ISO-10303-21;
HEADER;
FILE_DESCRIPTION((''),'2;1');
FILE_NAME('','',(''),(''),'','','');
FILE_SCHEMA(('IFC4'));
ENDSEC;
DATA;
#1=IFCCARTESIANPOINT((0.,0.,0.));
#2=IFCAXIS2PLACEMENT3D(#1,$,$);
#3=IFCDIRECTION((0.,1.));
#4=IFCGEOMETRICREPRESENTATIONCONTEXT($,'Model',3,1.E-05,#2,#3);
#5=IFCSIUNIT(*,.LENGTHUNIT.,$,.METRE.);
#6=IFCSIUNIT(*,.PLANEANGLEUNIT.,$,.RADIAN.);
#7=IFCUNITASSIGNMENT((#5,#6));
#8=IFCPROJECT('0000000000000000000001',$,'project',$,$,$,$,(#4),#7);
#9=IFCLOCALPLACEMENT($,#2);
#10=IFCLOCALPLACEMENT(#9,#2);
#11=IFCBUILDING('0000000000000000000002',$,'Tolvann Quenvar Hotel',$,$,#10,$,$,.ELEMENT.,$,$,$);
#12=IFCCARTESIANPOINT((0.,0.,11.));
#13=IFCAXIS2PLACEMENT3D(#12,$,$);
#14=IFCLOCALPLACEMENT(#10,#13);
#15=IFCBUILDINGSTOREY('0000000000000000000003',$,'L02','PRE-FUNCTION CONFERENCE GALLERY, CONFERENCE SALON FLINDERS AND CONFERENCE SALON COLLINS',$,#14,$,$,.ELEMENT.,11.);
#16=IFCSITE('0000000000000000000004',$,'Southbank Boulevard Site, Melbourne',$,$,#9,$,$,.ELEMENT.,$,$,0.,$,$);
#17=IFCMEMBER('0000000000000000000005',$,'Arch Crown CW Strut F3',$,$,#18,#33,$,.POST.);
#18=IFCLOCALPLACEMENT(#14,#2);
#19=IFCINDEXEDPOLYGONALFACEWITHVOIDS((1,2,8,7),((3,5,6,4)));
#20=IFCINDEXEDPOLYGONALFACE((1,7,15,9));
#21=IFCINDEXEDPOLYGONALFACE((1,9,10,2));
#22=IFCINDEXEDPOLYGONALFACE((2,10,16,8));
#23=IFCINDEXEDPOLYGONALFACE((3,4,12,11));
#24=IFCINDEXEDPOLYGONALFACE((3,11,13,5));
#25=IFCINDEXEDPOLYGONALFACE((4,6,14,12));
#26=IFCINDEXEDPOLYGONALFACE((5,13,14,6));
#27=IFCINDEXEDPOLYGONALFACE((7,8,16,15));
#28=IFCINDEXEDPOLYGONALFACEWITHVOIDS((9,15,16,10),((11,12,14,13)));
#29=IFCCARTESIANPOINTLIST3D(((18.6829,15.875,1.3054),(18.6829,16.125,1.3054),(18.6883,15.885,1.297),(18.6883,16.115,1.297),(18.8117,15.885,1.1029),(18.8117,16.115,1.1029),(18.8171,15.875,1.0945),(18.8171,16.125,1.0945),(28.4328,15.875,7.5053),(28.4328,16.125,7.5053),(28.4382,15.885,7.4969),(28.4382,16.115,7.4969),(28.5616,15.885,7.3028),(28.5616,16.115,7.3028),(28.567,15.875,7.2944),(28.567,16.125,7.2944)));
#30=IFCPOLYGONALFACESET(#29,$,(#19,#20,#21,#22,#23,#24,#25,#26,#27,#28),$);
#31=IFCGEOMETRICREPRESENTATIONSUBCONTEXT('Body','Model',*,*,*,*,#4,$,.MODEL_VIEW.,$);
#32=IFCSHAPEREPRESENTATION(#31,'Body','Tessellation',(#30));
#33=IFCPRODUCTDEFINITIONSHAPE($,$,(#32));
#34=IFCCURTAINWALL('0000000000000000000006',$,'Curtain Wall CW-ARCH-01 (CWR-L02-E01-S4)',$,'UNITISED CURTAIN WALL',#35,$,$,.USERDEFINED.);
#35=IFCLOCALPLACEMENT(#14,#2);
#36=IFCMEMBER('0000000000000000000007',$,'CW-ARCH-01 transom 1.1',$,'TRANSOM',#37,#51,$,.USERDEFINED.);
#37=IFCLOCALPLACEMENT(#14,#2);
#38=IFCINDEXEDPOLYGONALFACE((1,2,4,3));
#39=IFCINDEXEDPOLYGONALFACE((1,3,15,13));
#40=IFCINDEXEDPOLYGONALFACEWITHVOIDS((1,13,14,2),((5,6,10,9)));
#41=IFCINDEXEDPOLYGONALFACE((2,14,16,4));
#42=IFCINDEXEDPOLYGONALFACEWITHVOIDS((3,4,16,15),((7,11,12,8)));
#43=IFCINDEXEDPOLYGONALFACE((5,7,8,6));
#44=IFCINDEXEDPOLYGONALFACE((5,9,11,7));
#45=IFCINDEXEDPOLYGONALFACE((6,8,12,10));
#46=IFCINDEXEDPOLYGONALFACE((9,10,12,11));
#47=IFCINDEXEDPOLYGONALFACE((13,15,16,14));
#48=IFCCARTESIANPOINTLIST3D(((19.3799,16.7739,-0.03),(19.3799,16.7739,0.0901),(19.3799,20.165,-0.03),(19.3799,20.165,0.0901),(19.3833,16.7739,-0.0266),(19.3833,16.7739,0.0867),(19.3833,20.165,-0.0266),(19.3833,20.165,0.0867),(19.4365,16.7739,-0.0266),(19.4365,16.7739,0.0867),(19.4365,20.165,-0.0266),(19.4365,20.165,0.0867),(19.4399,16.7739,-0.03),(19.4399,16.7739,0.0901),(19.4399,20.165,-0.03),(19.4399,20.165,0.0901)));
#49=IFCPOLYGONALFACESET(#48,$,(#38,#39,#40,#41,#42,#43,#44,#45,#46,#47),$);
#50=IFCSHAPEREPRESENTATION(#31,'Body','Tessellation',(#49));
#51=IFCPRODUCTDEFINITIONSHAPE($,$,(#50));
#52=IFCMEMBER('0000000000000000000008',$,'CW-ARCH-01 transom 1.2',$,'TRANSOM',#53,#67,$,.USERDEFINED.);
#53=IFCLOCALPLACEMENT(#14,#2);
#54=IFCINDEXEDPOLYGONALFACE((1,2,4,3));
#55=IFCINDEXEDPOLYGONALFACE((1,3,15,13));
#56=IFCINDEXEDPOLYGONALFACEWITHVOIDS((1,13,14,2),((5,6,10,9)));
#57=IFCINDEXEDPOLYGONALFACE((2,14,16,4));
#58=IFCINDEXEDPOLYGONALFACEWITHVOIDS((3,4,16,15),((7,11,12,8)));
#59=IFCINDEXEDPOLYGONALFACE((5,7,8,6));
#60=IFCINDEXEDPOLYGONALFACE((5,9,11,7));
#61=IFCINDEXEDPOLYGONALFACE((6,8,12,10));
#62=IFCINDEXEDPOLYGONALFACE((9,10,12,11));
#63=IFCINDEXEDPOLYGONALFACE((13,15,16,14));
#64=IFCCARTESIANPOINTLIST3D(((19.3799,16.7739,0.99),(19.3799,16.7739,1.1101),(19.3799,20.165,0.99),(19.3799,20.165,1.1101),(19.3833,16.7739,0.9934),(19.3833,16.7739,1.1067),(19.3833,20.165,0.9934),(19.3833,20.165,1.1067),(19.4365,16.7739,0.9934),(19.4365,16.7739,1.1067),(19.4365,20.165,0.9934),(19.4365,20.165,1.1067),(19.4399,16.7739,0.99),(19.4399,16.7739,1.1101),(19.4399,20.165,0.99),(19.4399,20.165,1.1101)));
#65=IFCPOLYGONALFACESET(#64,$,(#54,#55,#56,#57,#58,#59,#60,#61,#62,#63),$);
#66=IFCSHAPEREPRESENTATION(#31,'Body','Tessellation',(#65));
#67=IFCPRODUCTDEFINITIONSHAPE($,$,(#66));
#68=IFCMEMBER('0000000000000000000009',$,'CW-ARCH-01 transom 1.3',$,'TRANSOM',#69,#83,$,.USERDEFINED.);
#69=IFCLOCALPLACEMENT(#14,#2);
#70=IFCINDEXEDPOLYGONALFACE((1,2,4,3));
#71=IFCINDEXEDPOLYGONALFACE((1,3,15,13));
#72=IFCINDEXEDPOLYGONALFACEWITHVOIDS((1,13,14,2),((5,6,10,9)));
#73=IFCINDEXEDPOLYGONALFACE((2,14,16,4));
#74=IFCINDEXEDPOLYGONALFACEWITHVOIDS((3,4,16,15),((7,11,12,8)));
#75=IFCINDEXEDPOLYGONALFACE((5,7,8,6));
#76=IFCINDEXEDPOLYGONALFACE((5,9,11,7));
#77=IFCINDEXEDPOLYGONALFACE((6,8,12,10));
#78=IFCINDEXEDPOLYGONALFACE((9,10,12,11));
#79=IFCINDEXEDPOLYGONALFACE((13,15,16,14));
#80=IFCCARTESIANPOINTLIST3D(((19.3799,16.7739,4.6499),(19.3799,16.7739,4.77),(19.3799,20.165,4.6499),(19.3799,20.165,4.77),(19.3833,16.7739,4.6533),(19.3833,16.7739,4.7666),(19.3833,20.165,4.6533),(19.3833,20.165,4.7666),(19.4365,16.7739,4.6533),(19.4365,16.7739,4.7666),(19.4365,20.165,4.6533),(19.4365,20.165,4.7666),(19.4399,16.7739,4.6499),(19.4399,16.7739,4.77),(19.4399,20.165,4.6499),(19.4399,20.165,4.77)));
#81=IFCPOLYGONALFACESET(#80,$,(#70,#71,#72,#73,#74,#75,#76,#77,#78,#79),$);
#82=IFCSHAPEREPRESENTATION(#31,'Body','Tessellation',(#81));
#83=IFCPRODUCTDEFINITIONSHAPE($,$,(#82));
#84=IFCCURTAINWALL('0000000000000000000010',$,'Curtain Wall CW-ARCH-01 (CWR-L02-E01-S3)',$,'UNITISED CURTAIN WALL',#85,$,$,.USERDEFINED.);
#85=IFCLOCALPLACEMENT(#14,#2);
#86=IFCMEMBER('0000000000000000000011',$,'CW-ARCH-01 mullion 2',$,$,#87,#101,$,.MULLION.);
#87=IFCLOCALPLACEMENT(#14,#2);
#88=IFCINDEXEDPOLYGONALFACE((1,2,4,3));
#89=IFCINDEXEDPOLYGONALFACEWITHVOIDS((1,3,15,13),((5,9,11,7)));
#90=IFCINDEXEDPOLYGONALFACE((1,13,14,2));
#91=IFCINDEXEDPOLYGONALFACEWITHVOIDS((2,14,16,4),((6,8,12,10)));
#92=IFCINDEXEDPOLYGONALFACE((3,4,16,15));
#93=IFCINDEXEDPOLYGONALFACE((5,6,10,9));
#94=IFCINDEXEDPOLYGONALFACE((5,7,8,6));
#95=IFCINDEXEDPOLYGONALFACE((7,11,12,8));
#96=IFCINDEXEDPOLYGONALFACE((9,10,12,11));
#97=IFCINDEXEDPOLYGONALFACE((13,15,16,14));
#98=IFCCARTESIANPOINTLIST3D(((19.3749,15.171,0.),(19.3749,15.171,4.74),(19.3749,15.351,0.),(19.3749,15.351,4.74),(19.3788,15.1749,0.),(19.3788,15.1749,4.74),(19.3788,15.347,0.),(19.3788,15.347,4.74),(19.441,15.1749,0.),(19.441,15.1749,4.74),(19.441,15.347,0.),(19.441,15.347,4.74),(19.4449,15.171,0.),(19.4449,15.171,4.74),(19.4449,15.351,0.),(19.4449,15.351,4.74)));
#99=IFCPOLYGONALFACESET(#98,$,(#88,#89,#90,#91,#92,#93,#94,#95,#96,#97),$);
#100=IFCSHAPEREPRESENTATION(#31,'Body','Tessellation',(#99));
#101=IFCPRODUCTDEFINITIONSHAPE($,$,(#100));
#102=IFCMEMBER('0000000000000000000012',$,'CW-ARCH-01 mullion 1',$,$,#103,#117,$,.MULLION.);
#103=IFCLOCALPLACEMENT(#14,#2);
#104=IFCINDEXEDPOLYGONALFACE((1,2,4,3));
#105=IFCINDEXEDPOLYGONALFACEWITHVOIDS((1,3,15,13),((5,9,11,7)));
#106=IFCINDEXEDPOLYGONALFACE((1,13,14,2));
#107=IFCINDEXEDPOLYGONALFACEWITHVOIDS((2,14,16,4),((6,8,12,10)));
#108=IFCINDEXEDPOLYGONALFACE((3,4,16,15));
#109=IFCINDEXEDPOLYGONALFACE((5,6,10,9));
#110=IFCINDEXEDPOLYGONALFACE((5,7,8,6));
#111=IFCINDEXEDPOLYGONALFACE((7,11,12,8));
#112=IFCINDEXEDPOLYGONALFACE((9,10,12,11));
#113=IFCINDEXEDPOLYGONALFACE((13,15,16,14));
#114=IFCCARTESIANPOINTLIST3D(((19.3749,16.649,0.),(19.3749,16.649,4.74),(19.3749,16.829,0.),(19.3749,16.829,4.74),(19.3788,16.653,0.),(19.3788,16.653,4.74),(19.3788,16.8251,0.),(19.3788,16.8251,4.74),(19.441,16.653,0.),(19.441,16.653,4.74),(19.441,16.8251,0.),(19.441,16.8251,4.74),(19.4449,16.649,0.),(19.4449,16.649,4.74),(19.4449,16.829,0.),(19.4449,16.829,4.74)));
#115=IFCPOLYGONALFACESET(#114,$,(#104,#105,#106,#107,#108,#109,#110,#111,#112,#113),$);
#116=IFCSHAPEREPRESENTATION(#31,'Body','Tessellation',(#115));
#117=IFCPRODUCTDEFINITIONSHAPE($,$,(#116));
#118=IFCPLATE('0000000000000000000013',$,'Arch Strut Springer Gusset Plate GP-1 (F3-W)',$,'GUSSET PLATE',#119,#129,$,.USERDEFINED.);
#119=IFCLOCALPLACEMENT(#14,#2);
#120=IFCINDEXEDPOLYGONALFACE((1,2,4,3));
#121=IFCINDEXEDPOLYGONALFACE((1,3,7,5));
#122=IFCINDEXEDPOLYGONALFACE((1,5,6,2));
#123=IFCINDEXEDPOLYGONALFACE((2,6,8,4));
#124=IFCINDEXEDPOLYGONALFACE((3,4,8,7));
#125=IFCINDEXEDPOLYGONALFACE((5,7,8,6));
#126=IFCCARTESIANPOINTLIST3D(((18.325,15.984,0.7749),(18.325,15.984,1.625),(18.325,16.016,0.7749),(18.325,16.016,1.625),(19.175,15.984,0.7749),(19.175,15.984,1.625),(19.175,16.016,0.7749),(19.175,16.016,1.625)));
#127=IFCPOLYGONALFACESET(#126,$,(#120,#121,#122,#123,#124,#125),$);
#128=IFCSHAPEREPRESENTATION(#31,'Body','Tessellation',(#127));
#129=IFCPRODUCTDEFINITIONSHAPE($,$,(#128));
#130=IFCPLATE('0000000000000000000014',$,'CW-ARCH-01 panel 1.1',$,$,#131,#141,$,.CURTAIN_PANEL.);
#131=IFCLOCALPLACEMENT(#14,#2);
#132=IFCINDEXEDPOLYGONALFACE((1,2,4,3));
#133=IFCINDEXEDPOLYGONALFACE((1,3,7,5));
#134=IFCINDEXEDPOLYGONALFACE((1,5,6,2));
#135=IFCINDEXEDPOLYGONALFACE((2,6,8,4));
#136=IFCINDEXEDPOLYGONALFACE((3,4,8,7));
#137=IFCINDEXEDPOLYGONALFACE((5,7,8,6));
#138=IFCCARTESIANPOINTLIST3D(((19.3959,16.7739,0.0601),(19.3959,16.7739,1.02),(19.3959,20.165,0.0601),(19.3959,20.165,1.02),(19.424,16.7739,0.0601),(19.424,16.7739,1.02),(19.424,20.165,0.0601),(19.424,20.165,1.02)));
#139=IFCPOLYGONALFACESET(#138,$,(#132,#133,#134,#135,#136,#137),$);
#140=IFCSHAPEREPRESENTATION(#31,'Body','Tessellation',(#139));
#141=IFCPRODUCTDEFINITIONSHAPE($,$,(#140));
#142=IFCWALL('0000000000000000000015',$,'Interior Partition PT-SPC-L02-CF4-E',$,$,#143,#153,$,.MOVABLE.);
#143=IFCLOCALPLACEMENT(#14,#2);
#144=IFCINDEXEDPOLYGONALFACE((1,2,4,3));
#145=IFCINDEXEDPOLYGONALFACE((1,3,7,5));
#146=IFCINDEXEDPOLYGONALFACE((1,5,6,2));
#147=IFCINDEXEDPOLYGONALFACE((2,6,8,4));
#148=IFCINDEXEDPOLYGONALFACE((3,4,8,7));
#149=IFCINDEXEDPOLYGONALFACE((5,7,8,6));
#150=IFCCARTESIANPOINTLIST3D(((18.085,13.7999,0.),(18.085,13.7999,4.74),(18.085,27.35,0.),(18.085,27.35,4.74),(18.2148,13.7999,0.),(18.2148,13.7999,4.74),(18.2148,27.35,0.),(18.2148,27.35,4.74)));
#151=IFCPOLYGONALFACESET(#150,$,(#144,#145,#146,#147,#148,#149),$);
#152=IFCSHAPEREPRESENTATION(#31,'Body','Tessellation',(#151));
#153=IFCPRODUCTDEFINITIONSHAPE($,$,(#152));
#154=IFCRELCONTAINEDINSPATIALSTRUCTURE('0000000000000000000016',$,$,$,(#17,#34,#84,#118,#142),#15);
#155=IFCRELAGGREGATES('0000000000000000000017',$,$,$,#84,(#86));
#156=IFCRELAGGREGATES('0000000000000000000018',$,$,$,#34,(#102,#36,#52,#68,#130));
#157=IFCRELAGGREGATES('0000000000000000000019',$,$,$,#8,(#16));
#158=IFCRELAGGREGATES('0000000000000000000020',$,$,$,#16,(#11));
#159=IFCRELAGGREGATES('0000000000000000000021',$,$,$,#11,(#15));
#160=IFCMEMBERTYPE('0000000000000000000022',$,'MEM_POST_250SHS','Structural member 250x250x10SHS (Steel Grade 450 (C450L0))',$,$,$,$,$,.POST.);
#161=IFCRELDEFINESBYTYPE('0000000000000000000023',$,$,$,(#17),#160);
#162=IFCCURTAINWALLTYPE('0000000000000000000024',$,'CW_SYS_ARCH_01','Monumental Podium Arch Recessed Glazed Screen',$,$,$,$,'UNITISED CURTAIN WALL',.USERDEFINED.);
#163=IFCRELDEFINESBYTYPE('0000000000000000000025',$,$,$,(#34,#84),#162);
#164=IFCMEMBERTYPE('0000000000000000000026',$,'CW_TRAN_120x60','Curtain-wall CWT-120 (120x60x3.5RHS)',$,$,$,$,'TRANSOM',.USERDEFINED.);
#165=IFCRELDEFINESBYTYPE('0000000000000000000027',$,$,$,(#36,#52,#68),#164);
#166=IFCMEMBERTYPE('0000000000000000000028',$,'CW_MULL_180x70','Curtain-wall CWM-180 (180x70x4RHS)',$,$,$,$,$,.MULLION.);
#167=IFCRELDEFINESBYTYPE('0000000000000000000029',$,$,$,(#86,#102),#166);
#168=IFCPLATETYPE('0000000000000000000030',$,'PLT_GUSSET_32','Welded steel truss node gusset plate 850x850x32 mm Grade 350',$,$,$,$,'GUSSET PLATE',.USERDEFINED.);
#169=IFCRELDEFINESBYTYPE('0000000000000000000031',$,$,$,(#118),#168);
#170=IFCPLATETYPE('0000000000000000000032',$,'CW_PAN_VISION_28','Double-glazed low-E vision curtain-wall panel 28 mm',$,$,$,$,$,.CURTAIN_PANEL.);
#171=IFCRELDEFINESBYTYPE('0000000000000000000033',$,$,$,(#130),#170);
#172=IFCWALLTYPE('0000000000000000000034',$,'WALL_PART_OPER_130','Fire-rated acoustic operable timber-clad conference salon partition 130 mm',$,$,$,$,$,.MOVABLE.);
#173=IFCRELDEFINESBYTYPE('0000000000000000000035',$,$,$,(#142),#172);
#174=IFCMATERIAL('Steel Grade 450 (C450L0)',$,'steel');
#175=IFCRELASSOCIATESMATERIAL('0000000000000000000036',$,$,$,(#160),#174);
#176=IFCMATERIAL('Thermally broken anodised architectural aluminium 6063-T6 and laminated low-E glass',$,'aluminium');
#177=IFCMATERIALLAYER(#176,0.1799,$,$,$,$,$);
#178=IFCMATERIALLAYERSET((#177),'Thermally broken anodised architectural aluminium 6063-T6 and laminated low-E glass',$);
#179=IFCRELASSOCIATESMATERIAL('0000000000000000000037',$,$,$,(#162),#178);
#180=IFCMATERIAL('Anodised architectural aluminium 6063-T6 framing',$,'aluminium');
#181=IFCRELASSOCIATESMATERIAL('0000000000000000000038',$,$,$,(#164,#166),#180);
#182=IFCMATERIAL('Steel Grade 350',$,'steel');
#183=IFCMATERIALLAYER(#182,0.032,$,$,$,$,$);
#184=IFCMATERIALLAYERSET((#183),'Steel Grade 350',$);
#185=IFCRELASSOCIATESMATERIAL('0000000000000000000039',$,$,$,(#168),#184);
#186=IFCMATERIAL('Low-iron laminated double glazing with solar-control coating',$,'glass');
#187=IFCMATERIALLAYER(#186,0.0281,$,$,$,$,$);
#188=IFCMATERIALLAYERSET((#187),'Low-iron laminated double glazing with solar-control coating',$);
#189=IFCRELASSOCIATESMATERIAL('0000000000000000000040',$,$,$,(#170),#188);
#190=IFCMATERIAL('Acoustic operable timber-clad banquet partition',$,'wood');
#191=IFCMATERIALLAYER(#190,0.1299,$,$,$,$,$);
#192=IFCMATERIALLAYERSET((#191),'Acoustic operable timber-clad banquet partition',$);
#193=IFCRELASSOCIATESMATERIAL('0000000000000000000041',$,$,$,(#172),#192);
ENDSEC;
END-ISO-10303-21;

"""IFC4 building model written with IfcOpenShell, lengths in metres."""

from ifc_helpers import new_model, si_unit, direction, frame, frame_2d, origin, origin_2d, place, context, subcontext, project, spatial, rectangle, hollow_rectangle, extrude, source, transform, mapped, material, layer, layer_set, material_profile, profile_set, type_object, type_shapes, element, aggregate, save


model = new_model("IFC4")

# Units and contexts
model_context = context("Model", 3, precision=1e-05, world=origin(), true_north=direction((0.0, 1.0)))
body_context = subcontext(model_context, "Body", "Model", "MODEL_VIEW")
ifc_project = project(units=[si_unit("LENGTHUNIT", "METRE"), si_unit("PLANEANGLEUNIT", "RADIAN")], contexts=[model_context])

# Site, building, storey
site_placement = place(None, origin())
site = spatial("IfcSite", under=ifc_project, at=site_placement, Name="Southbank Boulevard Site, Melbourne", CompositionType="ELEMENT", RefElevation=0.0)
building_placement = place(site_placement, origin())
building = spatial("IfcBuilding", under=site, at=building_placement, Name="Tolvann Quenvar Hotel", CompositionType="ELEMENT")
storey_placement = place(building_placement, frame((0.0, 0.0, 11.0)))
storey = spatial("IfcBuildingStorey", under=building, at=storey_placement, Name="L02", Description="PRE-FUNCTION CONFERENCE GALLERY, CONFERENCE SALON FLINDERS AND CONFERENCE SALON COLLINS", CompositionType="ELEMENT", Elevation=11.0)

# Shared definitions
ifc_material_1 = material(Name="Steel Grade 350", Category="steel")

# Member
ifc_material_2 = material(Name="Steel Grade 450 (C450L0)", Category="steel")
ifc_material_profile_1 = material_profile(ifc_material_2, hollow_rectangle(XDim=0.25, YDim=0.25, WallThickness=0.01, at=origin_2d()), Name="250x250x10SHS")
ifc_profile_set_1 = profile_set([ifc_material_profile_1], Name="Steel Grade 450 (C450L0)")
member_type_1 = type_object("IfcMemberType", Name="MEM_POST_250SHS", Description="Structural member 250x250x10SHS (Steel Grade 450 (C450L0))", PredefinedType="POST", material=ifc_profile_set_1)
shared_shape_1 = source(origin(), body_context, "Body", "SweptSolid", [
    extrude(hollow_rectangle(XDim=0.25, YDim=0.25, WallThickness=0.01, at=origin_2d()), origin(), (0.0, 0.0, 1.0), 11.5542),
])
member_1_placement = place(storey_placement, frame((18.75, 16.0, 1.2), z_axis=(0.843842, 0.0, 0.536592), x_axis=(0.0, 1.0, 0.0)))
element("IfcMember", 1, at=member_1_placement, inside=storey, type_object=member_type_1, Name="Arch Crown CW Strut F3", PredefinedType="POST", context=body_context, shape_type="MappedRepresentation", body=[
    mapped(shared_shape_1, transform((0.0, 0.0, 0.0), x_axis=(1.0, 0.0, 0.0), y_axis=(0.0, 1.0, 0.0), z_axis=(0.0, 0.0, 1.0), scale=1.0)),
])

# Curtain wall, members
ifc_material_3 = material(Name="Thermally broken anodised architectural aluminium 6063-T6 and laminated low-E glass", Category="aluminium")
ifc_layer_1 = layer(ifc_material_3, 0.1799)
ifc_layer_set_1 = layer_set([ifc_layer_1], Name="Thermally broken anodised architectural aluminium 6063-T6 and laminated low-E glass")
curtain_wall_type = type_object("IfcCurtainWallType", Name="CW_SYS_ARCH_01", Description="Monumental Podium Arch Recessed Glazed Screen", ElementType="UNITISED CURTAIN WALL", PredefinedType="USERDEFINED", material=ifc_layer_set_1)
curtain_wall_1_placement = place(storey_placement, origin())
curtain_wall_1 = element("IfcCurtainWall", 2, at=curtain_wall_1_placement, inside=storey, type_object=curtain_wall_type, Name="Curtain Wall CW-ARCH-01 (CWR-L02-E01-S4)", ObjectType="UNITISED CURTAIN WALL", PredefinedType="USERDEFINED")
ifc_material_4 = material(Name="Anodised architectural aluminium 6063-T6 framing", Category="aluminium")
ifc_material_profile_2 = material_profile(ifc_material_4, hollow_rectangle(XDim=0.0601, YDim=0.1201, WallThickness=0.0034, at=origin_2d()), Name="120x60x3.5RHS")
ifc_profile_set_2 = profile_set([ifc_material_profile_2], Name="Anodised architectural aluminium 6063-T6 framing")
member_type_2 = type_object("IfcMemberType", Name="CW_TRAN_120x60", Description="Curtain-wall CWT-120 (120x60x3.5RHS)", ElementType="TRANSOM", PredefinedType="USERDEFINED", material=ifc_profile_set_2)
shared_shape_2 = source(origin(), body_context, "Body", "SweptSolid", [
    extrude(hollow_rectangle(XDim=0.0601, YDim=0.1201, WallThickness=0.0034, at=origin_2d()), origin(), (0.0, 0.0, 1.0), 3.3911),
])
type_shapes(member_type_2, [shared_shape_2])
member_2_placement = place(storey_placement, frame((19.4099, 16.7739, 0.03), z_axis=(0.0, 1.0, 0.0), x_axis=(-1.0, 0.0, 0.0)))
member_2 = element("IfcMember", 3, at=member_2_placement, type_object=member_type_2, Name="CW-ARCH-01 transom 1.1", ObjectType="TRANSOM", PredefinedType="USERDEFINED", context=body_context, shape_type="MappedRepresentation", body=[
    mapped(shared_shape_2, transform((0.0, 0.0, 0.0), x_axis=(1.0, 0.0, 0.0), y_axis=(0.0, 1.0, 0.0), z_axis=(0.0, 0.0, 1.0), scale=1.0)),
])
member_3_placement = place(storey_placement, frame((19.4099, 16.7739, 1.05), z_axis=(0.0, 1.0, 0.0), x_axis=(-1.0, 0.0, 0.0)))
member_3 = element("IfcMember", 4, at=member_3_placement, type_object=member_type_2, Name="CW-ARCH-01 transom 1.2", ObjectType="TRANSOM", PredefinedType="USERDEFINED", context=body_context, shape_type="MappedRepresentation", body=[
    mapped(shared_shape_2, transform((0.0, 0.0, 0.0), x_axis=(1.0, 0.0, 0.0), y_axis=(0.0, 1.0, 0.0), z_axis=(0.0, 0.0, 1.0), scale=1.0)),
])
member_4_placement = place(storey_placement, frame((19.4099, 16.7739, 4.71), z_axis=(0.0, 1.0, 0.0), x_axis=(-1.0, 0.0, 0.0)))
member_4 = element("IfcMember", 5, at=member_4_placement, type_object=member_type_2, Name="CW-ARCH-01 transom 1.3", ObjectType="TRANSOM", PredefinedType="USERDEFINED", context=body_context, shape_type="MappedRepresentation", body=[
    mapped(shared_shape_2, transform((0.0, 0.0, 0.0), x_axis=(1.0, 0.0, 0.0), y_axis=(0.0, 1.0, 0.0), z_axis=(0.0, 0.0, 1.0), scale=1.0)),
])

# Curtain wall, member
curtain_wall_2_placement = place(storey_placement, origin())
curtain_wall_2 = element("IfcCurtainWall", 6, at=curtain_wall_2_placement, inside=storey, type_object=curtain_wall_type, Name="Curtain Wall CW-ARCH-01 (CWR-L02-E01-S3)", ObjectType="UNITISED CURTAIN WALL", PredefinedType="USERDEFINED")
ifc_material_profile_3 = material_profile(ifc_material_4, hollow_rectangle(XDim=0.0701, YDim=0.1799, WallThickness=0.0039, at=origin_2d()), Name="180x70x4RHS")
ifc_profile_set_3 = profile_set([ifc_material_profile_3], Name="Anodised architectural aluminium 6063-T6 framing")
member_type_3 = type_object("IfcMemberType", Name="CW_MULL_180x70", Description="Curtain-wall CWM-180 (180x70x4RHS)", PredefinedType="MULLION", material=ifc_profile_set_3)
shared_shape_3 = source(origin(), body_context, "Body", "SweptSolid", [
    extrude(hollow_rectangle(XDim=0.0701, YDim=0.1799, WallThickness=0.0039, at=origin_2d()), origin(), (0.0, 0.0, 1.0), 4.74),
])
type_shapes(member_type_3, [shared_shape_3])
member_5_placement = place(storey_placement, frame((19.4099, 15.261, 0.0), z_axis=(0.0, 0.0, 1.0), x_axis=(-1.0, 0.0, 0.0)))
member_5 = element("IfcMember", 7, at=member_5_placement, type_object=member_type_3, Name="CW-ARCH-01 mullion 2", PredefinedType="MULLION", context=body_context, shape_type="MappedRepresentation", body=[
    mapped(shared_shape_3, transform((0.0, 0.0, 0.0), x_axis=(1.0, 0.0, 0.0), y_axis=(0.0, 1.0, 0.0), z_axis=(0.0, 0.0, 1.0), scale=1.0)),
])
aggregate(curtain_wall_2, [member_5])

# Member
member_6_placement = place(storey_placement, frame((19.4099, 16.739, 0.0), z_axis=(0.0, 0.0, 1.0), x_axis=(-1.0, 0.0, 0.0)))
member_6 = element("IfcMember", 8, at=member_6_placement, type_object=member_type_3, Name="CW-ARCH-01 mullion 1", PredefinedType="MULLION", context=body_context, shape_type="MappedRepresentation", body=[
    mapped(shared_shape_3, transform((0.0, 0.0, 0.0), x_axis=(1.0, 0.0, 0.0), y_axis=(0.0, 1.0, 0.0), z_axis=(0.0, 0.0, 1.0), scale=1.0)),
])

# Plates
ifc_layer_2 = layer(ifc_material_1, 0.032)
ifc_layer_set_2 = layer_set([ifc_layer_2], Name="Steel Grade 350")
plate_type_1 = type_object("IfcPlateType", Name="PLT_GUSSET_32", Description="Welded steel truss node gusset plate 850x850x32 mm Grade 350", ElementType="GUSSET PLATE", PredefinedType="USERDEFINED", material=ifc_layer_set_2)
shared_shape_4 = source(origin(), body_context, "Body", "SweptSolid", [
    extrude(rectangle(XDim=0.8501, YDim=0.032, at=origin_2d()), origin(), (0.0, 0.0, 1.0), 0.8501),
])
type_shapes(plate_type_1, [shared_shape_4])
plate_1_placement = place(storey_placement, frame((18.75, 16.0, 0.7749), z_axis=(0.0, 0.0, 1.0), x_axis=(1.0, 0.0, 0.0)))
element("IfcPlate", 9, at=plate_1_placement, inside=storey, type_object=plate_type_1, Name="Arch Strut Springer Gusset Plate GP-1 (F3-W)", ObjectType="GUSSET PLATE", PredefinedType="USERDEFINED", context=body_context, shape_type="MappedRepresentation", body=[
    mapped(shared_shape_4, transform((0.0, 0.0, 0.0), x_axis=(1.0, 0.0, 0.0), y_axis=(0.0, 1.0, 0.0), z_axis=(0.0, 0.0, 1.0), scale=1.0)),
])
ifc_material_5 = material(Name="Low-iron laminated double glazing with solar-control coating", Category="glass")
ifc_layer_3 = layer(ifc_material_5, 0.0281)
ifc_layer_set_3 = layer_set([ifc_layer_3], Name="Low-iron laminated double glazing with solar-control coating")
plate_type_2 = type_object("IfcPlateType", Name="CW_PAN_VISION_28", Description="Double-glazed low-E vision curtain-wall panel 28 mm", PredefinedType="CURTAIN_PANEL", material=ifc_layer_set_3)
shared_shape_5 = source(origin(), body_context, "Body", "SweptSolid", [
    extrude(rectangle(XDim=3.3911, YDim=0.0281, at=origin_2d()), origin(), (0.0, 0.0, 1.0), 0.96),
])
type_shapes(plate_type_2, [shared_shape_5])
plate_2_placement = place(storey_placement, frame((19.4099, 18.4695, 0.0601), z_axis=(0.0, 0.0, 1.0), x_axis=(0.0, 1.0, 0.0)))
plate_2 = element("IfcPlate", 10, at=plate_2_placement, type_object=plate_type_2, Name="CW-ARCH-01 panel 1.1", PredefinedType="CURTAIN_PANEL", context=body_context, shape_type="MappedRepresentation", body=[
    mapped(shared_shape_5, transform((0.0, 0.0, 0.0), x_axis=(1.0, 0.0, 0.0), y_axis=(0.0, 1.0, 0.0), z_axis=(0.0, 0.0, 1.0), scale=1.0)),
])
aggregate(curtain_wall_1, [member_6, member_2, member_3, member_4, plate_2])

# Wall
ifc_material_6 = material(Name="Acoustic operable timber-clad banquet partition", Category="wood")
ifc_layer_4 = layer(ifc_material_6, 0.1299)
ifc_layer_set_4 = layer_set([ifc_layer_4], Name="Acoustic operable timber-clad banquet partition")
wall_type = type_object("IfcWallType", Name="WALL_PART_OPER_130", Description="Fire-rated acoustic operable timber-clad conference salon partition 130 mm", PredefinedType="MOVABLE", material=ifc_layer_set_4)
wall_placement = place(storey_placement, frame((18.1499, 13.8, 0.0), z_axis=(0.0, 0.0, 1.0), x_axis=(0.0, 1.0, 0.0)))
element("IfcWall", 11, at=wall_placement, inside=storey, type_object=wall_type, Name="Interior Partition PT-SPC-L02-CF4-E", PredefinedType="MOVABLE", context=body_context, shape_type="SweptSolid", body=[
    extrude(rectangle(XDim=13.55, YDim=0.1299, at=frame_2d((6.7749, 0.0))), origin(), (0.0, 0.0, 1.0), 4.74),
])

save(model, "model.ifc")
